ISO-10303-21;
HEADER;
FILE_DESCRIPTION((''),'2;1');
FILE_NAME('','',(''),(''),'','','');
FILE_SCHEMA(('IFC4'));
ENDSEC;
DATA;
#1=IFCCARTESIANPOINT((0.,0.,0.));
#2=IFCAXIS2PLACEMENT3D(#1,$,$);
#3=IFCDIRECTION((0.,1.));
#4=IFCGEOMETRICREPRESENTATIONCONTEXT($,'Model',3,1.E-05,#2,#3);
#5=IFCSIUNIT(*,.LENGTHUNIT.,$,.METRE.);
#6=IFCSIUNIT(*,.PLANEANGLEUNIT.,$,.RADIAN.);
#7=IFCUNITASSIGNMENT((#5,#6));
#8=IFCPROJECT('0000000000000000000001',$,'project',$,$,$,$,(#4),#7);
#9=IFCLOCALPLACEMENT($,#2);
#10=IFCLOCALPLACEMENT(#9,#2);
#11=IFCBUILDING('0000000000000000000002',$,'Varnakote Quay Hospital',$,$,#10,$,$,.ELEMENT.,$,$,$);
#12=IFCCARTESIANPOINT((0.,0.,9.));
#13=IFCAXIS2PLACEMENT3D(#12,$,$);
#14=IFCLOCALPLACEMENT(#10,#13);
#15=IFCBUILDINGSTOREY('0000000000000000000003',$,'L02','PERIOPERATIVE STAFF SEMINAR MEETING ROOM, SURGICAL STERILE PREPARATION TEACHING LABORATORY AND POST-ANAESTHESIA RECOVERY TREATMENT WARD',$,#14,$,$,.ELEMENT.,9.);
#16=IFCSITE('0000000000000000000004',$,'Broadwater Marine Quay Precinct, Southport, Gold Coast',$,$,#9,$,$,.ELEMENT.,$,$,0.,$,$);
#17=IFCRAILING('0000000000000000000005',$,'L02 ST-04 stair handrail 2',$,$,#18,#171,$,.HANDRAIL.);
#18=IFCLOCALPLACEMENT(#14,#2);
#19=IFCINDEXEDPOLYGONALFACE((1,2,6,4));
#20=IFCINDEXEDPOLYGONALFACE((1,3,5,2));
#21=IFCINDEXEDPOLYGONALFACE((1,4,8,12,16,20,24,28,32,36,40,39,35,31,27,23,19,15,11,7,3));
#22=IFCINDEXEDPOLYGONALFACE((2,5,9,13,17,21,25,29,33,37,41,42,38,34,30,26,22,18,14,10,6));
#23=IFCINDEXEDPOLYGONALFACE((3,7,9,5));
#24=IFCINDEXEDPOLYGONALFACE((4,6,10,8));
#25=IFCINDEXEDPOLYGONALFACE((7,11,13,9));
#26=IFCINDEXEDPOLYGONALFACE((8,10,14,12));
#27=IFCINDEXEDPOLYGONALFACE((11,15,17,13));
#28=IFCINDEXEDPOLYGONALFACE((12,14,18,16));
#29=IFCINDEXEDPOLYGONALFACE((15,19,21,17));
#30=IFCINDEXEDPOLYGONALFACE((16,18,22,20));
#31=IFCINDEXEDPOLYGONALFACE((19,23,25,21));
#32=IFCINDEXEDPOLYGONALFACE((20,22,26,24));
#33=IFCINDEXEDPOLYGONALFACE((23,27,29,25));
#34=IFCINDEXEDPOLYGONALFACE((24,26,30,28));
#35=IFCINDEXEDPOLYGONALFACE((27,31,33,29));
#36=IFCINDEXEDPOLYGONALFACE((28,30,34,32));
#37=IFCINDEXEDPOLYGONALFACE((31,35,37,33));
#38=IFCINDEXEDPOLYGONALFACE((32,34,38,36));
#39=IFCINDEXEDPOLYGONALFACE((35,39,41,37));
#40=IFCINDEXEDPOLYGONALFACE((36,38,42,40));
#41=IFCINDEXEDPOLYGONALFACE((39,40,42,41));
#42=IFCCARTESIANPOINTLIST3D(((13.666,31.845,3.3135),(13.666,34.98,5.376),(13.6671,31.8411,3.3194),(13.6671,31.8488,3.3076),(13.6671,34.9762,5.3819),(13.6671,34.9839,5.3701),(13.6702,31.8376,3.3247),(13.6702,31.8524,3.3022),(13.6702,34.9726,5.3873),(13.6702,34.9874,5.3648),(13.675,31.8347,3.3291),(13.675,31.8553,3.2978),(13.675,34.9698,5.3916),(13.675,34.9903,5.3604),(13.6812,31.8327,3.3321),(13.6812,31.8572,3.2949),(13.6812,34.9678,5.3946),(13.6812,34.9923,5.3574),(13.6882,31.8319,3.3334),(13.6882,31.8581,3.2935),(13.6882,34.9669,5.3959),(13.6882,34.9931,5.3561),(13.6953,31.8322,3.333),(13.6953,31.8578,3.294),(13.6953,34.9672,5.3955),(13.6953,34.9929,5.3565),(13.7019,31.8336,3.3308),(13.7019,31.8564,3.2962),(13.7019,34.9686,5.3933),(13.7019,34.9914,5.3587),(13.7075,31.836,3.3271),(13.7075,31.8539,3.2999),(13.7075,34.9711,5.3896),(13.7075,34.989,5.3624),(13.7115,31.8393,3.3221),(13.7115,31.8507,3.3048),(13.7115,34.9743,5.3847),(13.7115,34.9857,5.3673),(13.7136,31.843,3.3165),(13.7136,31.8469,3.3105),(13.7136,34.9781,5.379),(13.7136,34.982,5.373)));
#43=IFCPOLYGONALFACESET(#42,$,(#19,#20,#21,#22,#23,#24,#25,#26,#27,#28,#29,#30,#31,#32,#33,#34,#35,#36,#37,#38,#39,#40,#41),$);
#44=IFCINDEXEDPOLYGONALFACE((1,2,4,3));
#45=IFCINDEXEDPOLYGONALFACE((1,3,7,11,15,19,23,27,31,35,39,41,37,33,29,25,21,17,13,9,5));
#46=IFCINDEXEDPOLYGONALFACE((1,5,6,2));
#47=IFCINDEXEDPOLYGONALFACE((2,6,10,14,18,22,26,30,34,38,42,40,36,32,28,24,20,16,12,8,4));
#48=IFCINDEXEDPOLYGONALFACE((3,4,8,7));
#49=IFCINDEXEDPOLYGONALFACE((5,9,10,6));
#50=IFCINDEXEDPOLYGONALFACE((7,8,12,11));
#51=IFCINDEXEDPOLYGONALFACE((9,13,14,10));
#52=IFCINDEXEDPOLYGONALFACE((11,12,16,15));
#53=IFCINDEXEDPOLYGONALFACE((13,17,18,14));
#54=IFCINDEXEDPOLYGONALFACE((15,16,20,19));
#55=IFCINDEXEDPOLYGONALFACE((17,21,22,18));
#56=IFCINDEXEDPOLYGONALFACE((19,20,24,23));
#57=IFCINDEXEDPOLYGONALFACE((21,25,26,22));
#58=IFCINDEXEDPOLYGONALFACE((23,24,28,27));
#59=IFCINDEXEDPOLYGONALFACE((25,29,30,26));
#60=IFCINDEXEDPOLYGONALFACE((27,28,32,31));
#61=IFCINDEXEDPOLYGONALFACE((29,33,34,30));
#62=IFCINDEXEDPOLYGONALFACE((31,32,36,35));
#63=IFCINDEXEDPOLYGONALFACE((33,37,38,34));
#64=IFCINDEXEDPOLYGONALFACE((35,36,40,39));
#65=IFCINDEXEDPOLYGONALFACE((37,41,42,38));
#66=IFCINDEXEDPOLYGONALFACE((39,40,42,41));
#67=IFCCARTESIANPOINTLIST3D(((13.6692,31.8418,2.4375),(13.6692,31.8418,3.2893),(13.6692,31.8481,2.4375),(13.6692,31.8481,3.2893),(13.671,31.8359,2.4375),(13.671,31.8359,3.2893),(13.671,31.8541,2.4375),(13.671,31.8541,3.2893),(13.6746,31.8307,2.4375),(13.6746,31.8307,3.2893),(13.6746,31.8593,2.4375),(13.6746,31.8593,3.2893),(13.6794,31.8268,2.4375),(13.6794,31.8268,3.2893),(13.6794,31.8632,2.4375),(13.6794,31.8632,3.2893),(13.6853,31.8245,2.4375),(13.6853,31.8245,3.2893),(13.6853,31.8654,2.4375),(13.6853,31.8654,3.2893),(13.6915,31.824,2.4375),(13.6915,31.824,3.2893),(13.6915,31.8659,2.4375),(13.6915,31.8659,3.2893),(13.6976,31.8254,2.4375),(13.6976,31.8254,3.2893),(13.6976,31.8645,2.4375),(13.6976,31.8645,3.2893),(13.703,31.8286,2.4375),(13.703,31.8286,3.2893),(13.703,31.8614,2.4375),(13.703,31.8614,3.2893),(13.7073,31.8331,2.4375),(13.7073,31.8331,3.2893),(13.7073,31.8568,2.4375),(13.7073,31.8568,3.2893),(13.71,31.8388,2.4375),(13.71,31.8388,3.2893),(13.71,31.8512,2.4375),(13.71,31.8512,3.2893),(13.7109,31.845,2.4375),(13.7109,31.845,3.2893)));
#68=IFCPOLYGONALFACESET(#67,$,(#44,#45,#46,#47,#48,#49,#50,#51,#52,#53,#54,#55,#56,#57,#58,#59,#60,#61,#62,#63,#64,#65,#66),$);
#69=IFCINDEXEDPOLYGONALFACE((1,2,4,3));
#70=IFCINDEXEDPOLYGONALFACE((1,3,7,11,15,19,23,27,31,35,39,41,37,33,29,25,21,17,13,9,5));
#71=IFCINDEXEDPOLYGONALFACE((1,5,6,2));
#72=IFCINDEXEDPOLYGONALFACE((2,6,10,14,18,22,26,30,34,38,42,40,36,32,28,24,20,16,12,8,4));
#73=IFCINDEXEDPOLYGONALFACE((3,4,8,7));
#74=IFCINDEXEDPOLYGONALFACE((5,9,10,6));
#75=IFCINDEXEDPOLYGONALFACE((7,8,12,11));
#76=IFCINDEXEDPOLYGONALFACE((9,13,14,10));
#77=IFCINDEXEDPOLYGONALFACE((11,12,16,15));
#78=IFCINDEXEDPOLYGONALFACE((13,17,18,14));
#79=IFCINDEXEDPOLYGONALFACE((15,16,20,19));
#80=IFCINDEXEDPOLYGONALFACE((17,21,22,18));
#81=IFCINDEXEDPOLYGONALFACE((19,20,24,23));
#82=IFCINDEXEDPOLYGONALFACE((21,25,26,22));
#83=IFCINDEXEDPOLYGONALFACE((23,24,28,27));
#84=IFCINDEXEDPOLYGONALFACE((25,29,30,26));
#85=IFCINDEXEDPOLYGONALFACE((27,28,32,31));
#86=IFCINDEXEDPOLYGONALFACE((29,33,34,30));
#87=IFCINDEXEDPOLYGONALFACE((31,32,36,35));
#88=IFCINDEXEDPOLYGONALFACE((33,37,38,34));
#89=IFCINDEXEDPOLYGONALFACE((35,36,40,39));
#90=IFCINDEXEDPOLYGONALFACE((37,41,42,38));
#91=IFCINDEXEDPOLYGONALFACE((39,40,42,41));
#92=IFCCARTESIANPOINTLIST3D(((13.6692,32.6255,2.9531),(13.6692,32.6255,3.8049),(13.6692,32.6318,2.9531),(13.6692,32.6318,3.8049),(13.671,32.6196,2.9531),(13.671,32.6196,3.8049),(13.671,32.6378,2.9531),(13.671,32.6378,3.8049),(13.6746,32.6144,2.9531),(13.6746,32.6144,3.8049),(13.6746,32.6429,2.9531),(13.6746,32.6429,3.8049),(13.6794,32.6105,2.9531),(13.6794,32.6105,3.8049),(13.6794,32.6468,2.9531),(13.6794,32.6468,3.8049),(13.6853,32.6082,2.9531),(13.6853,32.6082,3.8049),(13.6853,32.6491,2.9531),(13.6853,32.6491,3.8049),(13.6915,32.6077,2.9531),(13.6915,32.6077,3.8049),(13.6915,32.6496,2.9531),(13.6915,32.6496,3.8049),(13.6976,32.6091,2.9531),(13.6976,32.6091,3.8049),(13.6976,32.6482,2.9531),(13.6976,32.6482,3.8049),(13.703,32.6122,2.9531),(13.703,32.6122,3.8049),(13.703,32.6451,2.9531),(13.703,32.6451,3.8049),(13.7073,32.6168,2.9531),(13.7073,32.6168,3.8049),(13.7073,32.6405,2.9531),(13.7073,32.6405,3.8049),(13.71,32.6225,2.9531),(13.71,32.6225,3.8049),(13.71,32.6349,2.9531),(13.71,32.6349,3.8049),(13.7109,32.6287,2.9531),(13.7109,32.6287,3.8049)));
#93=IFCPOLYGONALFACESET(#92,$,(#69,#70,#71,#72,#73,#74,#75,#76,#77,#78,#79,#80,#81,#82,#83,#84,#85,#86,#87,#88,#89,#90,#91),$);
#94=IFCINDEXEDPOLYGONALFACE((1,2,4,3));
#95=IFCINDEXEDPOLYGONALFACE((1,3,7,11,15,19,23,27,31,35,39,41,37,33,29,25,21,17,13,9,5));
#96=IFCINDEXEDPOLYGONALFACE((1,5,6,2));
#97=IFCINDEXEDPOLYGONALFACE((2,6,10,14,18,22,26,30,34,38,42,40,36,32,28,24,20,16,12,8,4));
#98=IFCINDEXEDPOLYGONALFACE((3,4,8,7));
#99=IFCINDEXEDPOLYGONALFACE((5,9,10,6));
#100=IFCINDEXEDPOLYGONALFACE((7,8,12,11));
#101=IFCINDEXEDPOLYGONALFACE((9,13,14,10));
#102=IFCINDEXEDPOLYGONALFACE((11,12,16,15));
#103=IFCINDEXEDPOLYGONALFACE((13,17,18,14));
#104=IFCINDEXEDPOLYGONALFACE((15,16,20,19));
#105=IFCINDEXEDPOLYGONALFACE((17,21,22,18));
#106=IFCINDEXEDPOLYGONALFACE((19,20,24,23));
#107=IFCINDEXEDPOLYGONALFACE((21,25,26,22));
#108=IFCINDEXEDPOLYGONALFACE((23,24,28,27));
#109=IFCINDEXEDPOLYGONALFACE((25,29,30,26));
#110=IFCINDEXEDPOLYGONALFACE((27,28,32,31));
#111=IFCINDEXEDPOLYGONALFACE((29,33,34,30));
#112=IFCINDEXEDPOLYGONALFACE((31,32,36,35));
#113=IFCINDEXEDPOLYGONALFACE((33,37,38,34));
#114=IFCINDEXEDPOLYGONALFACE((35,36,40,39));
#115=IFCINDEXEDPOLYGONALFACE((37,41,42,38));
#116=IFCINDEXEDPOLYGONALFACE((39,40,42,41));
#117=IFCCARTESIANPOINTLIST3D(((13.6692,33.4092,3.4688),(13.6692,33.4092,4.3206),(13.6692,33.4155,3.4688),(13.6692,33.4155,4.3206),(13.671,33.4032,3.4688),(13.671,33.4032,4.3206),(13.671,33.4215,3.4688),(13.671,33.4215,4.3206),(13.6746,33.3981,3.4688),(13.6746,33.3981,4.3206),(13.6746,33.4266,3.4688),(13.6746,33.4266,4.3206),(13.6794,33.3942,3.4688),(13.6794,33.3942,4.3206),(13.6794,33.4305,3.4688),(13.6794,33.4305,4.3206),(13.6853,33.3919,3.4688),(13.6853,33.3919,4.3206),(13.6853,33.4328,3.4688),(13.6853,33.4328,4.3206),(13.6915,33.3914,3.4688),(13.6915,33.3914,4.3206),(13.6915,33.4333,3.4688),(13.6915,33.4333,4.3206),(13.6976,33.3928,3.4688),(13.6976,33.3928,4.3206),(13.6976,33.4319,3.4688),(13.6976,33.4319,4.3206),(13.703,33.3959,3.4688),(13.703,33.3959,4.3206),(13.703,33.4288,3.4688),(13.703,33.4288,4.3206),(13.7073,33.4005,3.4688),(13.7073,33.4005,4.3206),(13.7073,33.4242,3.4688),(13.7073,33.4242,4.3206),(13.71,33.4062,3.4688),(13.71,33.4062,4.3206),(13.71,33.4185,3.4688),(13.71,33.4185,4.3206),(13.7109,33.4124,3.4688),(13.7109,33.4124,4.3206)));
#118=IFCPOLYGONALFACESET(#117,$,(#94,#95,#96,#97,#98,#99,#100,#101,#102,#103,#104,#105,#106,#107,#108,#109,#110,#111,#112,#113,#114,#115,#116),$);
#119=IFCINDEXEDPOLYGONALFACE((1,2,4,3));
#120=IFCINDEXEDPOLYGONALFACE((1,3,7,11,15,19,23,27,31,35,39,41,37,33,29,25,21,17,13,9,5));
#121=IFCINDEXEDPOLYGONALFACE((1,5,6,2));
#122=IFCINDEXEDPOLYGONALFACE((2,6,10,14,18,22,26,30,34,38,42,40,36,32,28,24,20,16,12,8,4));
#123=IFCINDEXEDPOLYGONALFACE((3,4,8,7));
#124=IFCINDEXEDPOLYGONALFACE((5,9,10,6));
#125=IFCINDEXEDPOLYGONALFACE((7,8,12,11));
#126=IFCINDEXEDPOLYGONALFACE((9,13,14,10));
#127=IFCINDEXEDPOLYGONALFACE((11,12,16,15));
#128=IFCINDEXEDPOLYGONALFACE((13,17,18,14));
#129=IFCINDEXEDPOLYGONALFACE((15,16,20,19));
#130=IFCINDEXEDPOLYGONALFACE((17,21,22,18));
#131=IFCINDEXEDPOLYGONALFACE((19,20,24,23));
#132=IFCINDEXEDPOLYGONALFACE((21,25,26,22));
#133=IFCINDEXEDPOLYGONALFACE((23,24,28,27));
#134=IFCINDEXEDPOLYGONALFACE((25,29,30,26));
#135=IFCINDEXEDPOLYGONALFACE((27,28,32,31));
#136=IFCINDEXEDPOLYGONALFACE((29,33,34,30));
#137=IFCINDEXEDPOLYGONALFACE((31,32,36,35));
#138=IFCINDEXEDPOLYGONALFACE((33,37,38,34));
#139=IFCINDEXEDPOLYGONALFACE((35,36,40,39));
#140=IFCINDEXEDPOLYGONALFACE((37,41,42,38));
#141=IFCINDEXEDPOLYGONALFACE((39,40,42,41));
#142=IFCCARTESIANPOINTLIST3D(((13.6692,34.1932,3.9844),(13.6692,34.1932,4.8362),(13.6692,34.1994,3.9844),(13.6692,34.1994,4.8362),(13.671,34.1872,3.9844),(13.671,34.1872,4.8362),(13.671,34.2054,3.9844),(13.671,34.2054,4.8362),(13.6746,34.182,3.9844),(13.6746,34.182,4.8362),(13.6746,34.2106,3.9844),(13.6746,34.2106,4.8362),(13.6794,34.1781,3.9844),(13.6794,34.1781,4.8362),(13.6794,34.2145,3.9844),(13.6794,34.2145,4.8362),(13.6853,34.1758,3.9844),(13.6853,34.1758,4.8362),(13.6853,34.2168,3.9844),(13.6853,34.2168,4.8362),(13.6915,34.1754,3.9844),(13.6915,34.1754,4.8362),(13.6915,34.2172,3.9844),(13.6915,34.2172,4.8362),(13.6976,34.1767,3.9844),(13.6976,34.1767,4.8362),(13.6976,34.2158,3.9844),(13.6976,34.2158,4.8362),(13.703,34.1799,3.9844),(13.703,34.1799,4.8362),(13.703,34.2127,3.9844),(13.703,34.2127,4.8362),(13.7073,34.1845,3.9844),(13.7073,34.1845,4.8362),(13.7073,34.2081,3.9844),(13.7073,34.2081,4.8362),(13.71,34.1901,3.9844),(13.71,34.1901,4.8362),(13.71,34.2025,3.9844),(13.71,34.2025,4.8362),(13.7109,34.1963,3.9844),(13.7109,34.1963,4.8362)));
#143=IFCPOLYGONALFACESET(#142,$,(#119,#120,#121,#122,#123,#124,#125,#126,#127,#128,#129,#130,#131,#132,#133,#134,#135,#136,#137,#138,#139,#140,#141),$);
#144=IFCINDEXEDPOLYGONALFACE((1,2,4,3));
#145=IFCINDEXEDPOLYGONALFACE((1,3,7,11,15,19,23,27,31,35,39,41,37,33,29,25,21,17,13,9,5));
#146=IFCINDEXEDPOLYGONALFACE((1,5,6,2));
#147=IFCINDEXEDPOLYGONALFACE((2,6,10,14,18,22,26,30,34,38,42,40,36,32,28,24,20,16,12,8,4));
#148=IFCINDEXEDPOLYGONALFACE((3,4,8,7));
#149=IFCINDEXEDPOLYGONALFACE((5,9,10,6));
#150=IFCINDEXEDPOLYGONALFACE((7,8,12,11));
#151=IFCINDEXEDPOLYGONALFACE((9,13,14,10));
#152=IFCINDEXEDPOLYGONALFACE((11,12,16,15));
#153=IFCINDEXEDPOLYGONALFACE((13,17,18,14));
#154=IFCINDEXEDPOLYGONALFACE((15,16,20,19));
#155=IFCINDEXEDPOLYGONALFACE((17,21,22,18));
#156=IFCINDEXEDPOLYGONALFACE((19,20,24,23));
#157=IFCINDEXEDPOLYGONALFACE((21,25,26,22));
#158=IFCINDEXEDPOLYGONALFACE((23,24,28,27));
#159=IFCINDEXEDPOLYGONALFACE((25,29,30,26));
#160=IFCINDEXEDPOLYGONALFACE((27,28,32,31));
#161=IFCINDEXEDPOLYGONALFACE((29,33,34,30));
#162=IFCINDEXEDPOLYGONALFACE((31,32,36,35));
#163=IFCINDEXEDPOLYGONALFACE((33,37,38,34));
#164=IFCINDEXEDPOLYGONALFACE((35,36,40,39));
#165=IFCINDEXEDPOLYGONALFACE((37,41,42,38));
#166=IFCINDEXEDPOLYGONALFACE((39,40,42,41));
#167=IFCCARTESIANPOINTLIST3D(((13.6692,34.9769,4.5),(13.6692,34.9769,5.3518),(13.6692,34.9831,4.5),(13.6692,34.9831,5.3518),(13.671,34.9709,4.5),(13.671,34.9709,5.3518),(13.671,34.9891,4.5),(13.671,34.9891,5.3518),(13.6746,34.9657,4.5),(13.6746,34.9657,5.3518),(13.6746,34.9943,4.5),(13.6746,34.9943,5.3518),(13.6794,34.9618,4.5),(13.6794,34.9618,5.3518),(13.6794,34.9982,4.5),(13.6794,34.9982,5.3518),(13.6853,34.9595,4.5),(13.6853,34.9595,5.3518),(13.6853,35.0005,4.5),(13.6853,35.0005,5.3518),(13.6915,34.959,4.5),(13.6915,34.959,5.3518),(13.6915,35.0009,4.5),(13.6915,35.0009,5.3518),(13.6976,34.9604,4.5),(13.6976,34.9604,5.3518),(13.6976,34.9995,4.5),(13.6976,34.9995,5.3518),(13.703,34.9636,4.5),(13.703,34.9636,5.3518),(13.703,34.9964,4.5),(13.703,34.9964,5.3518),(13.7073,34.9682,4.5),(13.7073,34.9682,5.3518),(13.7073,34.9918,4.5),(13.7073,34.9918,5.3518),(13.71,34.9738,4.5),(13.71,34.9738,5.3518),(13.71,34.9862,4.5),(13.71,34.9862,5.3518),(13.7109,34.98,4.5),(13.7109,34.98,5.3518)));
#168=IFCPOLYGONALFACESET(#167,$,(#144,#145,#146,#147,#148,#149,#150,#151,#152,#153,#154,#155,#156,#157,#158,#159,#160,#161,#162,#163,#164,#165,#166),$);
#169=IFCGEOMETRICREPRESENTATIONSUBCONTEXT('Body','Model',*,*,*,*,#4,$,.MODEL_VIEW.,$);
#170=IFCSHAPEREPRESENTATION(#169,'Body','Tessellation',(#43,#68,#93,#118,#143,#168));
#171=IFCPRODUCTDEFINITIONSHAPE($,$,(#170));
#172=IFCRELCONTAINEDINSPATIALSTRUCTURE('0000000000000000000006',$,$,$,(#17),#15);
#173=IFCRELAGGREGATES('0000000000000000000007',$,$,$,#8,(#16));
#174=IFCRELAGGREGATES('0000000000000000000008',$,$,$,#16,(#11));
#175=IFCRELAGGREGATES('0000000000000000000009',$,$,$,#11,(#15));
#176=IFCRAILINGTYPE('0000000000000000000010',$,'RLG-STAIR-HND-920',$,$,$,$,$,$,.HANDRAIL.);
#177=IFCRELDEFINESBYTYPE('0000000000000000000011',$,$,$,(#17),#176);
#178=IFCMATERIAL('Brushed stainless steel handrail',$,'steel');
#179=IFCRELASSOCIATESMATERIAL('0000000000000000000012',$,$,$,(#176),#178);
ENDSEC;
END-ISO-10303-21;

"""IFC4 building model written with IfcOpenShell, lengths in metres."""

from ifc_helpers import new_model, si_unit, direction, frame, origin, origin_2d, place, context, subcontext, project, spatial, circle, extrude, material, type_object, element, save


model = new_model("IFC4")

# Units and contexts
model_context = context("Model", 3, precision=1e-05, world=origin(), true_north=direction((0.0, 1.0)))
body_context = subcontext(model_context, "Body", "Model", "MODEL_VIEW")
ifc_project = project(units=[si_unit("LENGTHUNIT", "METRE"), si_unit("PLANEANGLEUNIT", "RADIAN")], contexts=[model_context])

# Site, building, storey
site_placement = place(None, origin())
site = spatial("IfcSite", under=ifc_project, at=site_placement, Name="Broadwater Marine Quay Precinct, Southport, Gold Coast", CompositionType="ELEMENT", RefElevation=0.0)
building_placement = place(site_placement, origin())
building = spatial("IfcBuilding", under=site, at=building_placement, Name="Varnakote Quay Hospital", CompositionType="ELEMENT")
storey_placement = place(building_placement, frame((0.0, 0.0, 9.0)))
storey = spatial("IfcBuildingStorey", under=building, at=storey_placement, Name="L02", Description="PERIOPERATIVE STAFF SEMINAR MEETING ROOM, SURGICAL STERILE PREPARATION TEACHING LABORATORY AND POST-ANAESTHESIA RECOVERY TREATMENT WARD", CompositionType="ELEMENT", Elevation=9.0)

# Railing
ifc_material_1 = material(Name="Brushed stainless steel handrail", Category="steel")
railing_type_1 = type_object("IfcRailingType", Name="RLG-STAIR-HND-920", PredefinedType="HANDRAIL", material=ifc_material_1)
railing_1_placement = place(storey_placement, frame((13.6899, 31.845, 2.4375)))
element("IfcRailing", 1, at=railing_1_placement, inside=storey, type_object=railing_type_1, Name="L02 ST-04 stair handrail 2", PredefinedType="HANDRAIL", context=body_context, shape_type="SweptSolid", body=[
    extrude(circle(Radius=0.0239, at=origin_2d()), frame((0.0, 0.0, 0.876), z_axis=(0.0, 0.835418, 0.549615), x_axis=(-1.0, 0.0, 0.0)), (0.0, 0.0, 1.0), 3.7527),
    extrude(circle(Radius=0.021, at=origin_2d()), origin(), (0.0, 0.0, 1.0), 0.8518),
    extrude(circle(Radius=0.021, at=origin_2d()), frame((0.0, 0.7837, 0.5156)), (0.0, 0.0, 1.0), 0.8518),
    extrude(circle(Radius=0.021, at=origin_2d()), frame((0.0, 1.5674, 1.0312)), (0.0, 0.0, 1.0), 0.8518),
    extrude(circle(Radius=0.021, at=origin_2d()), frame((0.0, 2.3513, 1.5469)), (0.0, 0.0, 1.0), 0.8518),
    extrude(circle(Radius=0.021, at=origin_2d()), frame((0.0, 3.135, 2.0625)), (0.0, 0.0, 1.0), 0.8518),
])

save(model, "model.ifc")
